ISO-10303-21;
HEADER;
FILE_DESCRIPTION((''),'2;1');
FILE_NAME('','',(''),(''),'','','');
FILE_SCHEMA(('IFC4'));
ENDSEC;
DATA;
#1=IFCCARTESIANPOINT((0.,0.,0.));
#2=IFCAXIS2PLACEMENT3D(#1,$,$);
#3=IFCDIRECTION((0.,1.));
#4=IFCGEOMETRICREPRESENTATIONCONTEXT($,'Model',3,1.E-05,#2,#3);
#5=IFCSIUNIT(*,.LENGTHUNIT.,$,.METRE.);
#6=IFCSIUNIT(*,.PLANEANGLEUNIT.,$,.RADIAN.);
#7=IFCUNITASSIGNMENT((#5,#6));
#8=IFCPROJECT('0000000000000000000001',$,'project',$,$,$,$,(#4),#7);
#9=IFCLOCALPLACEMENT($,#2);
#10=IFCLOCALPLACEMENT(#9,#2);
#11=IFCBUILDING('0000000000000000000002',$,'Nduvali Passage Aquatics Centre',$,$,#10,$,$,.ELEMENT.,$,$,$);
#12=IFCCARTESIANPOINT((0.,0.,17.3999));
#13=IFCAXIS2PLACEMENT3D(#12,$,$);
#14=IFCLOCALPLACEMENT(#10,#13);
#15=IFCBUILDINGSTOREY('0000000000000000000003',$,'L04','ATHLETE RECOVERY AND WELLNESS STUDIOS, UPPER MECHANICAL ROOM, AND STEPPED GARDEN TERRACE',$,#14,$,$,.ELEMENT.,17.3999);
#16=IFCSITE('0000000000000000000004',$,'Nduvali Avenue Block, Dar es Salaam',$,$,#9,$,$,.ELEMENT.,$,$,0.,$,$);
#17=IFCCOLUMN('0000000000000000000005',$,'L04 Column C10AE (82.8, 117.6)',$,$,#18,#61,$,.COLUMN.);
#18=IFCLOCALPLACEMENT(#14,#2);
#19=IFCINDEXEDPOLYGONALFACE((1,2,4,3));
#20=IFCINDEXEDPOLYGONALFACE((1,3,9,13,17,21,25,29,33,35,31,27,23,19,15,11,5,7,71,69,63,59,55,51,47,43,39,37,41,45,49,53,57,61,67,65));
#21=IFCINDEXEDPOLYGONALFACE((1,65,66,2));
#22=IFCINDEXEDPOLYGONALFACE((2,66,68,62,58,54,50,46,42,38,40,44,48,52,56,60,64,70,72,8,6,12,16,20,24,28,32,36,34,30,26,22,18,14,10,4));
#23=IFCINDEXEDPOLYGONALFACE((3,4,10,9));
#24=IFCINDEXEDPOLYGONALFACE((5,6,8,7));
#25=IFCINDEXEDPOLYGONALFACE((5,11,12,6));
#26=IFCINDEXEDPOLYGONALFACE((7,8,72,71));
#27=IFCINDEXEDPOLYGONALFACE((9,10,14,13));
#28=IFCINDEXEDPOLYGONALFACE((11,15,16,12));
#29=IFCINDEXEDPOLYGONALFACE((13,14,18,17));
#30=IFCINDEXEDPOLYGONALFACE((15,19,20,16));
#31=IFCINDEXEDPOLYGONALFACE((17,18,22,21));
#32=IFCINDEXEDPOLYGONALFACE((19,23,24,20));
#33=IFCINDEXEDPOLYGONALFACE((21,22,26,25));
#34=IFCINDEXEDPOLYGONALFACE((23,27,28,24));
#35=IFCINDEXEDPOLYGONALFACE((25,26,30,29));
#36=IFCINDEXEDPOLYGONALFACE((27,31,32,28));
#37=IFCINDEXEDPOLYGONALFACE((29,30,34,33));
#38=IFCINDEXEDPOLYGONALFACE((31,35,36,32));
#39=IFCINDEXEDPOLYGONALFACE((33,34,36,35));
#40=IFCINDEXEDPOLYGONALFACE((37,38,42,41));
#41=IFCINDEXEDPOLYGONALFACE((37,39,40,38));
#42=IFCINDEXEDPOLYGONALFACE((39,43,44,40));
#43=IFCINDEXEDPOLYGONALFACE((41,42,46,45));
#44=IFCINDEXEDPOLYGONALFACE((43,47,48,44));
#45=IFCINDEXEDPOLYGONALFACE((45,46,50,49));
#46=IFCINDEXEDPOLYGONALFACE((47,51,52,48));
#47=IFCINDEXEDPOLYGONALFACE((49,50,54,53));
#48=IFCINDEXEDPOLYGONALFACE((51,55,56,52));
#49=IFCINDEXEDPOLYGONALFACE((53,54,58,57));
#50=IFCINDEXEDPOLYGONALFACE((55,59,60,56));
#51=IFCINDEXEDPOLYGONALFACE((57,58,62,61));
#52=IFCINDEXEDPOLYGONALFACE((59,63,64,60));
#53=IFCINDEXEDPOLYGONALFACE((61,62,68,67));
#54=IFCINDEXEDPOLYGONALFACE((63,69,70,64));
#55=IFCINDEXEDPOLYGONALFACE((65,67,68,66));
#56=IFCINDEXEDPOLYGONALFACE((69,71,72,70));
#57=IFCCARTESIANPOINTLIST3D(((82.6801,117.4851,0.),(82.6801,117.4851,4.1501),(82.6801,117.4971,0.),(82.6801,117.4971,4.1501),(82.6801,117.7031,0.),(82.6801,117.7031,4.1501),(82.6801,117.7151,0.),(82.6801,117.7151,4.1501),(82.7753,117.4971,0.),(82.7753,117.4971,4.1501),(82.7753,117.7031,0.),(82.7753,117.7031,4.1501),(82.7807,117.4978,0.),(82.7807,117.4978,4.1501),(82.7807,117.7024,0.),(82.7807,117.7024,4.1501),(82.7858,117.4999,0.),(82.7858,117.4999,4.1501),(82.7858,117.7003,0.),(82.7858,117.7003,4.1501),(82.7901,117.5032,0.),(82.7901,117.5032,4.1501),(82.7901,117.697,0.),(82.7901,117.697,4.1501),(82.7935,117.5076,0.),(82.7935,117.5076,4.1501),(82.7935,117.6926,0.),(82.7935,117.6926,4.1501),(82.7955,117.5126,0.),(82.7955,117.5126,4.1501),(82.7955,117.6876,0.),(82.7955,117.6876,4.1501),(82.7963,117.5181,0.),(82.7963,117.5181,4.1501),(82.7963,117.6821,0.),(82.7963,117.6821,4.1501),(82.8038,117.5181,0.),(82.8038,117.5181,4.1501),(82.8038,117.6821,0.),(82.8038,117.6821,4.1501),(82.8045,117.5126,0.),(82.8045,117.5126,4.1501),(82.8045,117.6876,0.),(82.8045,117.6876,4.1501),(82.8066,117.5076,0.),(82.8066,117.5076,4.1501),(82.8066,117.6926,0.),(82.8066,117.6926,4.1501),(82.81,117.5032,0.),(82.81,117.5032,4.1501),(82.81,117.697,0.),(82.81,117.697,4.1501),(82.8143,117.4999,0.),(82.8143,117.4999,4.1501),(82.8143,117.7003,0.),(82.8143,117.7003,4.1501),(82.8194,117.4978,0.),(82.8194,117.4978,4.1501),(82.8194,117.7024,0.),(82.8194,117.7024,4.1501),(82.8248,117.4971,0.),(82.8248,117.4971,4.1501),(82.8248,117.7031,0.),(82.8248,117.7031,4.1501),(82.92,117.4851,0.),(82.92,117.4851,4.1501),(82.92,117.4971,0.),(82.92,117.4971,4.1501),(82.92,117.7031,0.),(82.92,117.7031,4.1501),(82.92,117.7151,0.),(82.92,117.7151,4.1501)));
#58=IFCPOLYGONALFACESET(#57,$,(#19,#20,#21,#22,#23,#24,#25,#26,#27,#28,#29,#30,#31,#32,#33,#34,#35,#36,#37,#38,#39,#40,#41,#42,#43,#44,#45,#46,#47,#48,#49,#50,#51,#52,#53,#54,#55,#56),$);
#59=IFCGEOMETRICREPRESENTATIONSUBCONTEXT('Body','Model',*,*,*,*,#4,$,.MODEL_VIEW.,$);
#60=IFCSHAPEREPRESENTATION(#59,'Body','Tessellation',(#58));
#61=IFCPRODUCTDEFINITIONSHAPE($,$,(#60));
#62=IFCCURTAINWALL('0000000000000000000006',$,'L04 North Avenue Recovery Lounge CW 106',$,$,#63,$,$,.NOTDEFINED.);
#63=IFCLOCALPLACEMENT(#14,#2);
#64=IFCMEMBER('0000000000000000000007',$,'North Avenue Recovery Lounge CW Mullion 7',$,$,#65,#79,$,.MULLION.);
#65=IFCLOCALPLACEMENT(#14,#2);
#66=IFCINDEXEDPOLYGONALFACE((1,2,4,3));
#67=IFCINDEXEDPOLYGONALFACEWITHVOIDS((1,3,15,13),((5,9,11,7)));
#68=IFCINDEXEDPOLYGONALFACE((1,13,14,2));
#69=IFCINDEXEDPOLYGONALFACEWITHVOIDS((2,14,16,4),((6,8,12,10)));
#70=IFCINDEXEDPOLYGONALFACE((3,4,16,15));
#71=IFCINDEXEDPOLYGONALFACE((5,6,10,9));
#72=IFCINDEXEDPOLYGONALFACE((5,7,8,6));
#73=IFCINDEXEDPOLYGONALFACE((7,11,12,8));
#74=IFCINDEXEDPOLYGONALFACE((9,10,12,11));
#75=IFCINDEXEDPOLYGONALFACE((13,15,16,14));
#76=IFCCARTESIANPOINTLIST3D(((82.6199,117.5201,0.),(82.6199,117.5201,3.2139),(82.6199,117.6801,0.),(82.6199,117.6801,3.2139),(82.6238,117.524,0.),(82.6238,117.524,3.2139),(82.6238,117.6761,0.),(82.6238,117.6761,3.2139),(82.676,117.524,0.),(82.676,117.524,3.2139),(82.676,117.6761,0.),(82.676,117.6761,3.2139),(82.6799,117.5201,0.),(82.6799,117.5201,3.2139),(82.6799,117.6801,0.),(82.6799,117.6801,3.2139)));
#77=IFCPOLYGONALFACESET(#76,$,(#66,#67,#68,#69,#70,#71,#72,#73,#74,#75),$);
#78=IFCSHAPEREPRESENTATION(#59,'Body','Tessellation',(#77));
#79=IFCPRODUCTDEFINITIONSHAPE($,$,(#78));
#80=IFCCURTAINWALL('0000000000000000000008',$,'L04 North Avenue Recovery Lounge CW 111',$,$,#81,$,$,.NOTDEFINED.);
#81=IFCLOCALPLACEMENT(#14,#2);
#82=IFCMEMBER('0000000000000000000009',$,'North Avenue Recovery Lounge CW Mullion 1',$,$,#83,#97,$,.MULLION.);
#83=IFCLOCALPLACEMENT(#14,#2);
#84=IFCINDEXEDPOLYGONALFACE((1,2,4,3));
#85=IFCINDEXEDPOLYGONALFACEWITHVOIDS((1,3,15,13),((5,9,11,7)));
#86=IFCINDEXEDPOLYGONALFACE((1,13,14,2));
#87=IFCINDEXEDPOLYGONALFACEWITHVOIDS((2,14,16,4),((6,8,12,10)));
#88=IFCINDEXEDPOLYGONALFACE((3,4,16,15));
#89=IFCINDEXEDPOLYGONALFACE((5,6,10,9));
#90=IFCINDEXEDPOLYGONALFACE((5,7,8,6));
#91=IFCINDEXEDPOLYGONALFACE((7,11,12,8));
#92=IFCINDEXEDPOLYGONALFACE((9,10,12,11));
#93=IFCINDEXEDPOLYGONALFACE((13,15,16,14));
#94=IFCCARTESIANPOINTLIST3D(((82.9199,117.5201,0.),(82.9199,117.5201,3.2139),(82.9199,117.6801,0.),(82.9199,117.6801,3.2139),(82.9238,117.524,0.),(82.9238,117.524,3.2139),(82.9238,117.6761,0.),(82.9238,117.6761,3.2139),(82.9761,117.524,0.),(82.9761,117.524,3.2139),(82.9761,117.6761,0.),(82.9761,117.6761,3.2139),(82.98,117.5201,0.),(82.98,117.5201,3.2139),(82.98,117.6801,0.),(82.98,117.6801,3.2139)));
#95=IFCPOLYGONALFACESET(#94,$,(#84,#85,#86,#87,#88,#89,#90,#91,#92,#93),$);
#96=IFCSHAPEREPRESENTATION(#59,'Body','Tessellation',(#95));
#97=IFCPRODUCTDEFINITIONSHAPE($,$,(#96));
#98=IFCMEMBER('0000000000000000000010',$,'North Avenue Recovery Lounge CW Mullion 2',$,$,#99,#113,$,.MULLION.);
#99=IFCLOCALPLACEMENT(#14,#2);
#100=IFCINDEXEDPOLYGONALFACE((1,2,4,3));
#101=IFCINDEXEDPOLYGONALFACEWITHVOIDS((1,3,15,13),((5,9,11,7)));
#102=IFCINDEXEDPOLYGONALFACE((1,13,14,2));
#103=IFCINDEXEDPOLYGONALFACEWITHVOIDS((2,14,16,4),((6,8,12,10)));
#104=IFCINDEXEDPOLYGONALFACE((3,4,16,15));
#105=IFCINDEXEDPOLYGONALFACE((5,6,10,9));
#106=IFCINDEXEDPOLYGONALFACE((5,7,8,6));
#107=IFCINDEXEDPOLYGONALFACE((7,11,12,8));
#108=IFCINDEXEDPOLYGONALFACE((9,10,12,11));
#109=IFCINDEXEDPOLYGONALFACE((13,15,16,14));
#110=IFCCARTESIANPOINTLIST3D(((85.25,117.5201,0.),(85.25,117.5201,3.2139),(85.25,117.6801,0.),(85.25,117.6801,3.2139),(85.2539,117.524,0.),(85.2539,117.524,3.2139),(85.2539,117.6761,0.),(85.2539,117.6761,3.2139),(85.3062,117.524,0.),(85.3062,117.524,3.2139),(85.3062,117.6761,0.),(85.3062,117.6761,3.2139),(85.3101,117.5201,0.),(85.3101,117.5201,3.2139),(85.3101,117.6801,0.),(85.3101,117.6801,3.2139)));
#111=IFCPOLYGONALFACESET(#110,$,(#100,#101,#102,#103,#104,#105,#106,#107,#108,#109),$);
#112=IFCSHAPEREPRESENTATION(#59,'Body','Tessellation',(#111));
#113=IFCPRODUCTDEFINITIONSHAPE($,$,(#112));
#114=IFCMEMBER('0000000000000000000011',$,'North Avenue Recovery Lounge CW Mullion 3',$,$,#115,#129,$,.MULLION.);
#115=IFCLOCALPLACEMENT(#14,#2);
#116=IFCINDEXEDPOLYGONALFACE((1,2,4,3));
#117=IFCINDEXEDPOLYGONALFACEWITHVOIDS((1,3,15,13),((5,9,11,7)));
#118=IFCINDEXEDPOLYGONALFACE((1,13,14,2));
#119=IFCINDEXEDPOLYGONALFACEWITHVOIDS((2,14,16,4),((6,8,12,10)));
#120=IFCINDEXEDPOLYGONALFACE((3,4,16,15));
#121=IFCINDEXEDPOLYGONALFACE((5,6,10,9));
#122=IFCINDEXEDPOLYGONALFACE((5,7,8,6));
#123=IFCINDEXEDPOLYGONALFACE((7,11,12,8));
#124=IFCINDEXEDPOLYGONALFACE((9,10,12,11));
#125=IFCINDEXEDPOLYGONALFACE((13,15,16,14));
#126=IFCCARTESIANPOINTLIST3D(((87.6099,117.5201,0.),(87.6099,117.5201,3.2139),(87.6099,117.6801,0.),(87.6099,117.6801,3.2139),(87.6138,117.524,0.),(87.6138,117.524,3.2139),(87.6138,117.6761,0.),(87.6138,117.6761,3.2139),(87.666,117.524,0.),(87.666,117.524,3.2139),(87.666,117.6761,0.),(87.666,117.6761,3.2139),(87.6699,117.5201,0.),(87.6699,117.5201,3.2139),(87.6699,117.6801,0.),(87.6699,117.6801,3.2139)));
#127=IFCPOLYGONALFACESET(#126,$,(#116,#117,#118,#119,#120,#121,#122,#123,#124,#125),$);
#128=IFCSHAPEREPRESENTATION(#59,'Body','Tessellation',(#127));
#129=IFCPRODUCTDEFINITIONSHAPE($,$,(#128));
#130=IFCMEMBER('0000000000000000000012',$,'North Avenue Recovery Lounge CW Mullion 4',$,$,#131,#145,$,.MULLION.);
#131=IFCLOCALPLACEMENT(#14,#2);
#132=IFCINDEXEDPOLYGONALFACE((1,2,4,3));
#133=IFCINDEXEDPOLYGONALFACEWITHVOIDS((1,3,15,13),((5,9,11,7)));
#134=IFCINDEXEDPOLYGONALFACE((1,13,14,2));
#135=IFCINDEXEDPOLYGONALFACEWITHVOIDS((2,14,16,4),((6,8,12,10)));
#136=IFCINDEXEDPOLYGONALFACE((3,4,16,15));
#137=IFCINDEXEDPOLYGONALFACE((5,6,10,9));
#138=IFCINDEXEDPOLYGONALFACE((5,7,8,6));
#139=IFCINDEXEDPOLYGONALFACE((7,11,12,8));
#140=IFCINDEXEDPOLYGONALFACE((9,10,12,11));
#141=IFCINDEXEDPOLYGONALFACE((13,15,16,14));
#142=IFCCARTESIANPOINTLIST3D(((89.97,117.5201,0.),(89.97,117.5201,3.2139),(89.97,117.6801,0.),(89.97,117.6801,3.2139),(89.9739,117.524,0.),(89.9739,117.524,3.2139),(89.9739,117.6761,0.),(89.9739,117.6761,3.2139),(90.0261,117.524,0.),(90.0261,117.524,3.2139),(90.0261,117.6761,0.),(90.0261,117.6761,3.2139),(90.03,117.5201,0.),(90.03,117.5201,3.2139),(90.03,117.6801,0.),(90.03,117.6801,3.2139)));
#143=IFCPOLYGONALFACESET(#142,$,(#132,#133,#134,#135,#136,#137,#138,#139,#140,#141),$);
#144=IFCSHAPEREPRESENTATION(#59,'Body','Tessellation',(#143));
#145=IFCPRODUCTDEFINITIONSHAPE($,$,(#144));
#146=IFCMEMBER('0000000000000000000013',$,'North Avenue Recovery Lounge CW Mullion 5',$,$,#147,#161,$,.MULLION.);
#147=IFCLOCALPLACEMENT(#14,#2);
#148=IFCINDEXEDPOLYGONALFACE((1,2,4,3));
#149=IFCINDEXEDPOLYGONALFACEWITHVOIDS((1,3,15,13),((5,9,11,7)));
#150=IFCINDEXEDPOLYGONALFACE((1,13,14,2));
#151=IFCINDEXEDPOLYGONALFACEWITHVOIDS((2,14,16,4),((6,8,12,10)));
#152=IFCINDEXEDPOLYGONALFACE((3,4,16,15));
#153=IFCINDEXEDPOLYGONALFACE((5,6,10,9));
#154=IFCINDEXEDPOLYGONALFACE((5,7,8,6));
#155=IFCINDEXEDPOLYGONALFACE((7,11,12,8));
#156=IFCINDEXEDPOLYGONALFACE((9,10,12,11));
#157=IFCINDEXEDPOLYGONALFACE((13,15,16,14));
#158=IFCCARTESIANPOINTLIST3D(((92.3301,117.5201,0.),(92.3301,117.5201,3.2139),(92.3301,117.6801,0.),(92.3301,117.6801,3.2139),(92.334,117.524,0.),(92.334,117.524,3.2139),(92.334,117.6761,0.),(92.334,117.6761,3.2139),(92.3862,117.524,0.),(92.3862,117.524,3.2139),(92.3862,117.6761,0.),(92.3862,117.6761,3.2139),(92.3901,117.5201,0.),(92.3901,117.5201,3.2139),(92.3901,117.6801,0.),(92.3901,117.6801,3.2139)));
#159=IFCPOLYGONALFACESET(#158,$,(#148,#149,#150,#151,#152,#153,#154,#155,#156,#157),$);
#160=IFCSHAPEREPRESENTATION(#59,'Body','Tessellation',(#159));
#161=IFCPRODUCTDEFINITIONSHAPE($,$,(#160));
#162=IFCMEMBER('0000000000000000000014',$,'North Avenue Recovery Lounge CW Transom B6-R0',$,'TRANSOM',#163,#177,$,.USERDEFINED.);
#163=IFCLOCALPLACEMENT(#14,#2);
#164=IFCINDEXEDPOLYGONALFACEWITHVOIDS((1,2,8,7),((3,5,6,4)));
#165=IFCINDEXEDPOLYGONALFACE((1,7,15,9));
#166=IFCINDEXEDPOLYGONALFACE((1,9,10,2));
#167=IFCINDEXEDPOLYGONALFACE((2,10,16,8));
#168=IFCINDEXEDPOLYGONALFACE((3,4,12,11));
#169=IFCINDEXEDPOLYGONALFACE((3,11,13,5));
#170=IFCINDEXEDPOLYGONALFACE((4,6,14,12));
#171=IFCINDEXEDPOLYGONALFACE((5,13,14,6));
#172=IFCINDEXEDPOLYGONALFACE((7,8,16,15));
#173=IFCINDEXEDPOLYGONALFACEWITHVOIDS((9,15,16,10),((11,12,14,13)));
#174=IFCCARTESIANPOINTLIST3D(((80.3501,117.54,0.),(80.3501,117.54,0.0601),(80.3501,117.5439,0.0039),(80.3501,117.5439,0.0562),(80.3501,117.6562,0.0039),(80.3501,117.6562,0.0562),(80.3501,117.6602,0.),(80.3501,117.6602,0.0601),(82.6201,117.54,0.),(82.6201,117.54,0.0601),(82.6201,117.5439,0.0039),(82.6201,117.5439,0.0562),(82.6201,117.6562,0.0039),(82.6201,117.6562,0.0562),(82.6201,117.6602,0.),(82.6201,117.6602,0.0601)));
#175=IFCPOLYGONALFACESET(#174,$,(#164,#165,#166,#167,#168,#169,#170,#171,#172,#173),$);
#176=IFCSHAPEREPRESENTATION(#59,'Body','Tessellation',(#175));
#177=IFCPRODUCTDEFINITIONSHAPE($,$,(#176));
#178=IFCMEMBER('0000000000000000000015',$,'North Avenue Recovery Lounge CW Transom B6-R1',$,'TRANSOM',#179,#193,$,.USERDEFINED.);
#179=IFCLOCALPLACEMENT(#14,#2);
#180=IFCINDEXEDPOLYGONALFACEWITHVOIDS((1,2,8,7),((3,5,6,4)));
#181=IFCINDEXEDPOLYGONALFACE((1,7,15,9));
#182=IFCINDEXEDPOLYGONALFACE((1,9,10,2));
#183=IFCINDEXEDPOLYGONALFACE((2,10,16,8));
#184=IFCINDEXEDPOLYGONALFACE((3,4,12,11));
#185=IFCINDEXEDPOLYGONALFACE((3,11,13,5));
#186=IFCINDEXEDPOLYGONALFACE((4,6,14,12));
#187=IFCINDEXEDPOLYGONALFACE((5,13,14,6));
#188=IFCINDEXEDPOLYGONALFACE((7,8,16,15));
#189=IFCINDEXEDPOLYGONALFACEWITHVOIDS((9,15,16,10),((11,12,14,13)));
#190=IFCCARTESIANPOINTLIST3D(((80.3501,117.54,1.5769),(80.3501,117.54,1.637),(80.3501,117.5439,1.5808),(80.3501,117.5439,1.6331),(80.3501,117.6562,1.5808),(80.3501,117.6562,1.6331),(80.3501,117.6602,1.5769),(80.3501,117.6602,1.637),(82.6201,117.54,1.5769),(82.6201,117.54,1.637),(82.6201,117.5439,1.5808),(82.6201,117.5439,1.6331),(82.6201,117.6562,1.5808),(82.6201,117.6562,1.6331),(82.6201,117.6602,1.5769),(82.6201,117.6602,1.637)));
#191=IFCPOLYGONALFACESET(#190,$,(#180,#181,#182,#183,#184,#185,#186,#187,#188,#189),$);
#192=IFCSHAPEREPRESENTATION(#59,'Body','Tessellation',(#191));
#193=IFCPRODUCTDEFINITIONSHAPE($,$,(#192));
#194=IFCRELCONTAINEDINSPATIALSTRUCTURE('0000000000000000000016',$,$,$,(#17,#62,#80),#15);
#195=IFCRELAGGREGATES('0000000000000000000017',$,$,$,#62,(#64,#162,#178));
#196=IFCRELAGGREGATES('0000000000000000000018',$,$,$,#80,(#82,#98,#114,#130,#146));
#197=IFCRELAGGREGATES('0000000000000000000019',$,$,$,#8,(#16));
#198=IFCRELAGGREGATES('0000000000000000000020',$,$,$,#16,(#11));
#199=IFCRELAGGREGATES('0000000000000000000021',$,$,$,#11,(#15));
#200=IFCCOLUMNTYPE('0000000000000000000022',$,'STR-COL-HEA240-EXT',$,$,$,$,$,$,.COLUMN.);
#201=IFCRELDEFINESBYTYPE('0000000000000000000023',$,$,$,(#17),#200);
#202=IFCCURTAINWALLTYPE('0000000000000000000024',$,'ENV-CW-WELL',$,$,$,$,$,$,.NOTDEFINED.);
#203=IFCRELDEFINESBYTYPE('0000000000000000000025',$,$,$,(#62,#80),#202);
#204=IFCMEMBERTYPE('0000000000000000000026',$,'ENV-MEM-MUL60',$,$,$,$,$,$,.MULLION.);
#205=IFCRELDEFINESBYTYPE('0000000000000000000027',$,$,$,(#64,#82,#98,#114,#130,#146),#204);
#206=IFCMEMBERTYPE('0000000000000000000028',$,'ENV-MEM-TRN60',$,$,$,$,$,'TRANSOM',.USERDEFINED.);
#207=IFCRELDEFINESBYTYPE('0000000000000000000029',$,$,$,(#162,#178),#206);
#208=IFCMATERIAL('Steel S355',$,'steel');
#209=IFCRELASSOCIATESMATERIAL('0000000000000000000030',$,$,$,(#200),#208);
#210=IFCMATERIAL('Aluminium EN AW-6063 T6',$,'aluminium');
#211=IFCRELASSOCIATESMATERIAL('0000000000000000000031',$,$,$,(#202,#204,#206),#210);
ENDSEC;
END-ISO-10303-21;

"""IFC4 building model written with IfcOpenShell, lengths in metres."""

from ifc_helpers import new_model, si_unit, direction, frame, origin, origin_2d, place, context, subcontext, project, spatial, hollow_rectangle, i_section, extrude, material, material_profile, profile_set, type_object, element, aggregate, save


model = new_model("IFC4")

# Units and contexts
model_context = context("Model", 3, precision=1e-05, world=origin(), true_north=direction((0.0, 1.0)))
body_context = subcontext(model_context, "Body", "Model", "MODEL_VIEW")
ifc_project = project(units=[si_unit("LENGTHUNIT", "METRE"), si_unit("PLANEANGLEUNIT", "RADIAN")], contexts=[model_context])

# Site, building, storey
site_placement = place(None, origin())
site = spatial("IfcSite", under=ifc_project, at=site_placement, Name="Nduvali Avenue Block, Dar es Salaam", CompositionType="ELEMENT", RefElevation=0.0)
building_placement = place(site_placement, origin())
building = spatial("IfcBuilding", under=site, at=building_placement, Name="Nduvali Passage Aquatics Centre", CompositionType="ELEMENT")
storey_placement = place(building_placement, frame((0.0, 0.0, 17.3999)))
storey = spatial("IfcBuildingStorey", under=building, at=storey_placement, Name="L04", Description="ATHLETE RECOVERY AND WELLNESS STUDIOS, UPPER MECHANICAL ROOM, AND STEPPED GARDEN TERRACE", CompositionType="ELEMENT", Elevation=17.3999)

# Column
ifc_material_1 = material(Name="Steel S355", Category="steel")
ifc_material_profile_1 = material_profile(ifc_material_1, i_section(OverallWidth=0.24, OverallDepth=0.23, WebThickness=0.0076, FlangeThickness=0.012, FilletRadius=0.021, at=origin_2d()), Name="HEA 240")
ifc_profile_set_1 = profile_set([ifc_material_profile_1], Name="Steel S355")
column_type = type_object("IfcColumnType", Name="STR-COL-HEA240-EXT", PredefinedType="COLUMN", material=ifc_profile_set_1)
column_placement = place(storey_placement, frame((82.8, 117.6001, 0.0), z_axis=(0.0, 0.0, 1.0), x_axis=(1.0, 0.0, 0.0)))
element("IfcColumn", 1, at=column_placement, inside=storey, type_object=column_type, Name="L04 Column C10AE (82.8, 117.6)", PredefinedType="COLUMN", context=body_context, shape_type="SweptSolid", body=[
    extrude(i_section(OverallWidth=0.24, OverallDepth=0.23, WebThickness=0.0076, FlangeThickness=0.012, FilletRadius=0.021, at=origin_2d()), origin(), (0.0, 0.0, 1.0), 4.1501),
])

# Curtain wall, member
ifc_material_2 = material(Name="Aluminium EN AW-6063 T6", Category="aluminium")
curtain_wall_type = type_object("IfcCurtainWallType", Name="ENV-CW-WELL", PredefinedType="NOTDEFINED", material=ifc_material_2)
curtain_wall_1_placement = place(storey_placement, origin())
curtain_wall_1 = element("IfcCurtainWall", 2, at=curtain_wall_1_placement, inside=storey, type_object=curtain_wall_type, Name="L04 North Avenue Recovery Lounge CW 106", PredefinedType="NOTDEFINED")
ifc_material_profile_2 = material_profile(ifc_material_2, hollow_rectangle(XDim=0.0601, YDim=0.1599, WallThickness=0.0039, at=origin_2d()), Name="ALU MULLION 60x160x4")
ifc_profile_set_2 = profile_set([ifc_material_profile_2], Name="Aluminium EN AW-6063 T6")
member_type_1 = type_object("IfcMemberType", Name="ENV-MEM-MUL60", PredefinedType="MULLION", material=ifc_profile_set_2)
member_1_placement = place(storey_placement, frame((82.6499, 117.6001, 0.0), z_axis=(0.0, 0.0, 1.0), x_axis=(1.0, 0.0, 0.0)))
member_1 = element("IfcMember", 3, at=member_1_placement, type_object=member_type_1, Name="North Avenue Recovery Lounge CW Mullion 7", PredefinedType="MULLION", context=body_context, shape_type="SweptSolid", body=[
    extrude(hollow_rectangle(XDim=0.0601, YDim=0.1599, WallThickness=0.0039, at=origin_2d()), origin(), (0.0, 0.0, 1.0), 3.2139),
])

# Curtain wall, members
curtain_wall_2_placement = place(storey_placement, origin())
curtain_wall_2 = element("IfcCurtainWall", 4, at=curtain_wall_2_placement, inside=storey, type_object=curtain_wall_type, Name="L04 North Avenue Recovery Lounge CW 111", PredefinedType="NOTDEFINED")
member_2_placement = place(storey_placement, frame((82.95, 117.6001, 0.0), z_axis=(0.0, 0.0, 1.0), x_axis=(1.0, 0.0, 0.0)))
member_2 = element("IfcMember", 5, at=member_2_placement, type_object=member_type_1, Name="North Avenue Recovery Lounge CW Mullion 1", PredefinedType="MULLION", context=body_context, shape_type="SweptSolid", body=[
    extrude(hollow_rectangle(XDim=0.0601, YDim=0.1599, WallThickness=0.0039, at=origin_2d()), origin(), (0.0, 0.0, 1.0), 3.2139),
])
member_3_placement = place(storey_placement, frame((85.28, 117.6001, 0.0), z_axis=(0.0, 0.0, 1.0), x_axis=(1.0, 0.0, 0.0)))
member_3 = element("IfcMember", 6, at=member_3_placement, type_object=member_type_1, Name="North Avenue Recovery Lounge CW Mullion 2", PredefinedType="MULLION", context=body_context, shape_type="SweptSolid", body=[
    extrude(hollow_rectangle(XDim=0.0601, YDim=0.1599, WallThickness=0.0039, at=origin_2d()), origin(), (0.0, 0.0, 1.0), 3.2139),
])
member_4_placement = place(storey_placement, frame((87.6399, 117.6001, 0.0), z_axis=(0.0, 0.0, 1.0), x_axis=(1.0, 0.0, 0.0)))
member_4 = element("IfcMember", 7, at=member_4_placement, type_object=member_type_1, Name="North Avenue Recovery Lounge CW Mullion 3", PredefinedType="MULLION", context=body_context, shape_type="SweptSolid", body=[
    extrude(hollow_rectangle(XDim=0.0601, YDim=0.1599, WallThickness=0.0039, at=origin_2d()), origin(), (0.0, 0.0, 1.0), 3.2139),
])
member_5_placement = place(storey_placement, frame((90.0, 117.6001, 0.0), z_axis=(0.0, 0.0, 1.0), x_axis=(1.0, 0.0, 0.0)))
member_5 = element("IfcMember", 8, at=member_5_placement, type_object=member_type_1, Name="North Avenue Recovery Lounge CW Mullion 4", PredefinedType="MULLION", context=body_context, shape_type="SweptSolid", body=[
    extrude(hollow_rectangle(XDim=0.0601, YDim=0.1599, WallThickness=0.0039, at=origin_2d()), origin(), (0.0, 0.0, 1.0), 3.2139),
])
member_6_placement = place(storey_placement, frame((92.3601, 117.6001, 0.0), z_axis=(0.0, 0.0, 1.0), x_axis=(1.0, 0.0, 0.0)))
member_6 = element("IfcMember", 9, at=member_6_placement, type_object=member_type_1, Name="North Avenue Recovery Lounge CW Mullion 5", PredefinedType="MULLION", context=body_context, shape_type="SweptSolid", body=[
    extrude(hollow_rectangle(XDim=0.0601, YDim=0.1599, WallThickness=0.0039, at=origin_2d()), origin(), (0.0, 0.0, 1.0), 3.2139),
])

# Members
ifc_material_profile_3 = material_profile(ifc_material_2, hollow_rectangle(XDim=0.1201, YDim=0.0601, WallThickness=0.0039, at=origin_2d()), Name="ALU TRANSOM 120x60x4")
ifc_profile_set_3 = profile_set([ifc_material_profile_3], Name="Aluminium EN AW-6063 T6")
member_type_2 = type_object("IfcMemberType", Name="ENV-MEM-TRN60", ElementType="TRANSOM", PredefinedType="USERDEFINED", material=ifc_profile_set_3)
member_7_placement = place(storey_placement, frame((80.3501, 117.6001, 0.03), z_axis=(1.0, 0.0, 0.0), x_axis=(0.0, 1.0, 0.0)))
member_7 = element("IfcMember", 10, at=member_7_placement, type_object=member_type_2, Name="North Avenue Recovery Lounge CW Transom B6-R0", ObjectType="TRANSOM", PredefinedType="USERDEFINED", context=body_context, shape_type="SweptSolid", body=[
    extrude(hollow_rectangle(XDim=0.1201, YDim=0.0601, WallThickness=0.0039, at=origin_2d()), origin(), (0.0, 0.0, 1.0), 2.27),
])
member_8_placement = place(storey_placement, frame((80.3501, 117.6001, 1.6069), z_axis=(1.0, 0.0, 0.0), x_axis=(0.0, 1.0, 0.0)))
member_8 = element("IfcMember", 11, at=member_8_placement, type_object=member_type_2, Name="North Avenue Recovery Lounge CW Transom B6-R1", ObjectType="TRANSOM", PredefinedType="USERDEFINED", context=body_context, shape_type="SweptSolid", body=[
    extrude(hollow_rectangle(XDim=0.1201, YDim=0.0601, WallThickness=0.0039, at=origin_2d()), origin(), (0.0, 0.0, 1.0), 2.27),
])

aggregate(curtain_wall_1, [member_1, member_7, member_8])
aggregate(curtain_wall_2, [member_2, member_3, member_4, member_5, member_6])

save(model, "model.ifc")
